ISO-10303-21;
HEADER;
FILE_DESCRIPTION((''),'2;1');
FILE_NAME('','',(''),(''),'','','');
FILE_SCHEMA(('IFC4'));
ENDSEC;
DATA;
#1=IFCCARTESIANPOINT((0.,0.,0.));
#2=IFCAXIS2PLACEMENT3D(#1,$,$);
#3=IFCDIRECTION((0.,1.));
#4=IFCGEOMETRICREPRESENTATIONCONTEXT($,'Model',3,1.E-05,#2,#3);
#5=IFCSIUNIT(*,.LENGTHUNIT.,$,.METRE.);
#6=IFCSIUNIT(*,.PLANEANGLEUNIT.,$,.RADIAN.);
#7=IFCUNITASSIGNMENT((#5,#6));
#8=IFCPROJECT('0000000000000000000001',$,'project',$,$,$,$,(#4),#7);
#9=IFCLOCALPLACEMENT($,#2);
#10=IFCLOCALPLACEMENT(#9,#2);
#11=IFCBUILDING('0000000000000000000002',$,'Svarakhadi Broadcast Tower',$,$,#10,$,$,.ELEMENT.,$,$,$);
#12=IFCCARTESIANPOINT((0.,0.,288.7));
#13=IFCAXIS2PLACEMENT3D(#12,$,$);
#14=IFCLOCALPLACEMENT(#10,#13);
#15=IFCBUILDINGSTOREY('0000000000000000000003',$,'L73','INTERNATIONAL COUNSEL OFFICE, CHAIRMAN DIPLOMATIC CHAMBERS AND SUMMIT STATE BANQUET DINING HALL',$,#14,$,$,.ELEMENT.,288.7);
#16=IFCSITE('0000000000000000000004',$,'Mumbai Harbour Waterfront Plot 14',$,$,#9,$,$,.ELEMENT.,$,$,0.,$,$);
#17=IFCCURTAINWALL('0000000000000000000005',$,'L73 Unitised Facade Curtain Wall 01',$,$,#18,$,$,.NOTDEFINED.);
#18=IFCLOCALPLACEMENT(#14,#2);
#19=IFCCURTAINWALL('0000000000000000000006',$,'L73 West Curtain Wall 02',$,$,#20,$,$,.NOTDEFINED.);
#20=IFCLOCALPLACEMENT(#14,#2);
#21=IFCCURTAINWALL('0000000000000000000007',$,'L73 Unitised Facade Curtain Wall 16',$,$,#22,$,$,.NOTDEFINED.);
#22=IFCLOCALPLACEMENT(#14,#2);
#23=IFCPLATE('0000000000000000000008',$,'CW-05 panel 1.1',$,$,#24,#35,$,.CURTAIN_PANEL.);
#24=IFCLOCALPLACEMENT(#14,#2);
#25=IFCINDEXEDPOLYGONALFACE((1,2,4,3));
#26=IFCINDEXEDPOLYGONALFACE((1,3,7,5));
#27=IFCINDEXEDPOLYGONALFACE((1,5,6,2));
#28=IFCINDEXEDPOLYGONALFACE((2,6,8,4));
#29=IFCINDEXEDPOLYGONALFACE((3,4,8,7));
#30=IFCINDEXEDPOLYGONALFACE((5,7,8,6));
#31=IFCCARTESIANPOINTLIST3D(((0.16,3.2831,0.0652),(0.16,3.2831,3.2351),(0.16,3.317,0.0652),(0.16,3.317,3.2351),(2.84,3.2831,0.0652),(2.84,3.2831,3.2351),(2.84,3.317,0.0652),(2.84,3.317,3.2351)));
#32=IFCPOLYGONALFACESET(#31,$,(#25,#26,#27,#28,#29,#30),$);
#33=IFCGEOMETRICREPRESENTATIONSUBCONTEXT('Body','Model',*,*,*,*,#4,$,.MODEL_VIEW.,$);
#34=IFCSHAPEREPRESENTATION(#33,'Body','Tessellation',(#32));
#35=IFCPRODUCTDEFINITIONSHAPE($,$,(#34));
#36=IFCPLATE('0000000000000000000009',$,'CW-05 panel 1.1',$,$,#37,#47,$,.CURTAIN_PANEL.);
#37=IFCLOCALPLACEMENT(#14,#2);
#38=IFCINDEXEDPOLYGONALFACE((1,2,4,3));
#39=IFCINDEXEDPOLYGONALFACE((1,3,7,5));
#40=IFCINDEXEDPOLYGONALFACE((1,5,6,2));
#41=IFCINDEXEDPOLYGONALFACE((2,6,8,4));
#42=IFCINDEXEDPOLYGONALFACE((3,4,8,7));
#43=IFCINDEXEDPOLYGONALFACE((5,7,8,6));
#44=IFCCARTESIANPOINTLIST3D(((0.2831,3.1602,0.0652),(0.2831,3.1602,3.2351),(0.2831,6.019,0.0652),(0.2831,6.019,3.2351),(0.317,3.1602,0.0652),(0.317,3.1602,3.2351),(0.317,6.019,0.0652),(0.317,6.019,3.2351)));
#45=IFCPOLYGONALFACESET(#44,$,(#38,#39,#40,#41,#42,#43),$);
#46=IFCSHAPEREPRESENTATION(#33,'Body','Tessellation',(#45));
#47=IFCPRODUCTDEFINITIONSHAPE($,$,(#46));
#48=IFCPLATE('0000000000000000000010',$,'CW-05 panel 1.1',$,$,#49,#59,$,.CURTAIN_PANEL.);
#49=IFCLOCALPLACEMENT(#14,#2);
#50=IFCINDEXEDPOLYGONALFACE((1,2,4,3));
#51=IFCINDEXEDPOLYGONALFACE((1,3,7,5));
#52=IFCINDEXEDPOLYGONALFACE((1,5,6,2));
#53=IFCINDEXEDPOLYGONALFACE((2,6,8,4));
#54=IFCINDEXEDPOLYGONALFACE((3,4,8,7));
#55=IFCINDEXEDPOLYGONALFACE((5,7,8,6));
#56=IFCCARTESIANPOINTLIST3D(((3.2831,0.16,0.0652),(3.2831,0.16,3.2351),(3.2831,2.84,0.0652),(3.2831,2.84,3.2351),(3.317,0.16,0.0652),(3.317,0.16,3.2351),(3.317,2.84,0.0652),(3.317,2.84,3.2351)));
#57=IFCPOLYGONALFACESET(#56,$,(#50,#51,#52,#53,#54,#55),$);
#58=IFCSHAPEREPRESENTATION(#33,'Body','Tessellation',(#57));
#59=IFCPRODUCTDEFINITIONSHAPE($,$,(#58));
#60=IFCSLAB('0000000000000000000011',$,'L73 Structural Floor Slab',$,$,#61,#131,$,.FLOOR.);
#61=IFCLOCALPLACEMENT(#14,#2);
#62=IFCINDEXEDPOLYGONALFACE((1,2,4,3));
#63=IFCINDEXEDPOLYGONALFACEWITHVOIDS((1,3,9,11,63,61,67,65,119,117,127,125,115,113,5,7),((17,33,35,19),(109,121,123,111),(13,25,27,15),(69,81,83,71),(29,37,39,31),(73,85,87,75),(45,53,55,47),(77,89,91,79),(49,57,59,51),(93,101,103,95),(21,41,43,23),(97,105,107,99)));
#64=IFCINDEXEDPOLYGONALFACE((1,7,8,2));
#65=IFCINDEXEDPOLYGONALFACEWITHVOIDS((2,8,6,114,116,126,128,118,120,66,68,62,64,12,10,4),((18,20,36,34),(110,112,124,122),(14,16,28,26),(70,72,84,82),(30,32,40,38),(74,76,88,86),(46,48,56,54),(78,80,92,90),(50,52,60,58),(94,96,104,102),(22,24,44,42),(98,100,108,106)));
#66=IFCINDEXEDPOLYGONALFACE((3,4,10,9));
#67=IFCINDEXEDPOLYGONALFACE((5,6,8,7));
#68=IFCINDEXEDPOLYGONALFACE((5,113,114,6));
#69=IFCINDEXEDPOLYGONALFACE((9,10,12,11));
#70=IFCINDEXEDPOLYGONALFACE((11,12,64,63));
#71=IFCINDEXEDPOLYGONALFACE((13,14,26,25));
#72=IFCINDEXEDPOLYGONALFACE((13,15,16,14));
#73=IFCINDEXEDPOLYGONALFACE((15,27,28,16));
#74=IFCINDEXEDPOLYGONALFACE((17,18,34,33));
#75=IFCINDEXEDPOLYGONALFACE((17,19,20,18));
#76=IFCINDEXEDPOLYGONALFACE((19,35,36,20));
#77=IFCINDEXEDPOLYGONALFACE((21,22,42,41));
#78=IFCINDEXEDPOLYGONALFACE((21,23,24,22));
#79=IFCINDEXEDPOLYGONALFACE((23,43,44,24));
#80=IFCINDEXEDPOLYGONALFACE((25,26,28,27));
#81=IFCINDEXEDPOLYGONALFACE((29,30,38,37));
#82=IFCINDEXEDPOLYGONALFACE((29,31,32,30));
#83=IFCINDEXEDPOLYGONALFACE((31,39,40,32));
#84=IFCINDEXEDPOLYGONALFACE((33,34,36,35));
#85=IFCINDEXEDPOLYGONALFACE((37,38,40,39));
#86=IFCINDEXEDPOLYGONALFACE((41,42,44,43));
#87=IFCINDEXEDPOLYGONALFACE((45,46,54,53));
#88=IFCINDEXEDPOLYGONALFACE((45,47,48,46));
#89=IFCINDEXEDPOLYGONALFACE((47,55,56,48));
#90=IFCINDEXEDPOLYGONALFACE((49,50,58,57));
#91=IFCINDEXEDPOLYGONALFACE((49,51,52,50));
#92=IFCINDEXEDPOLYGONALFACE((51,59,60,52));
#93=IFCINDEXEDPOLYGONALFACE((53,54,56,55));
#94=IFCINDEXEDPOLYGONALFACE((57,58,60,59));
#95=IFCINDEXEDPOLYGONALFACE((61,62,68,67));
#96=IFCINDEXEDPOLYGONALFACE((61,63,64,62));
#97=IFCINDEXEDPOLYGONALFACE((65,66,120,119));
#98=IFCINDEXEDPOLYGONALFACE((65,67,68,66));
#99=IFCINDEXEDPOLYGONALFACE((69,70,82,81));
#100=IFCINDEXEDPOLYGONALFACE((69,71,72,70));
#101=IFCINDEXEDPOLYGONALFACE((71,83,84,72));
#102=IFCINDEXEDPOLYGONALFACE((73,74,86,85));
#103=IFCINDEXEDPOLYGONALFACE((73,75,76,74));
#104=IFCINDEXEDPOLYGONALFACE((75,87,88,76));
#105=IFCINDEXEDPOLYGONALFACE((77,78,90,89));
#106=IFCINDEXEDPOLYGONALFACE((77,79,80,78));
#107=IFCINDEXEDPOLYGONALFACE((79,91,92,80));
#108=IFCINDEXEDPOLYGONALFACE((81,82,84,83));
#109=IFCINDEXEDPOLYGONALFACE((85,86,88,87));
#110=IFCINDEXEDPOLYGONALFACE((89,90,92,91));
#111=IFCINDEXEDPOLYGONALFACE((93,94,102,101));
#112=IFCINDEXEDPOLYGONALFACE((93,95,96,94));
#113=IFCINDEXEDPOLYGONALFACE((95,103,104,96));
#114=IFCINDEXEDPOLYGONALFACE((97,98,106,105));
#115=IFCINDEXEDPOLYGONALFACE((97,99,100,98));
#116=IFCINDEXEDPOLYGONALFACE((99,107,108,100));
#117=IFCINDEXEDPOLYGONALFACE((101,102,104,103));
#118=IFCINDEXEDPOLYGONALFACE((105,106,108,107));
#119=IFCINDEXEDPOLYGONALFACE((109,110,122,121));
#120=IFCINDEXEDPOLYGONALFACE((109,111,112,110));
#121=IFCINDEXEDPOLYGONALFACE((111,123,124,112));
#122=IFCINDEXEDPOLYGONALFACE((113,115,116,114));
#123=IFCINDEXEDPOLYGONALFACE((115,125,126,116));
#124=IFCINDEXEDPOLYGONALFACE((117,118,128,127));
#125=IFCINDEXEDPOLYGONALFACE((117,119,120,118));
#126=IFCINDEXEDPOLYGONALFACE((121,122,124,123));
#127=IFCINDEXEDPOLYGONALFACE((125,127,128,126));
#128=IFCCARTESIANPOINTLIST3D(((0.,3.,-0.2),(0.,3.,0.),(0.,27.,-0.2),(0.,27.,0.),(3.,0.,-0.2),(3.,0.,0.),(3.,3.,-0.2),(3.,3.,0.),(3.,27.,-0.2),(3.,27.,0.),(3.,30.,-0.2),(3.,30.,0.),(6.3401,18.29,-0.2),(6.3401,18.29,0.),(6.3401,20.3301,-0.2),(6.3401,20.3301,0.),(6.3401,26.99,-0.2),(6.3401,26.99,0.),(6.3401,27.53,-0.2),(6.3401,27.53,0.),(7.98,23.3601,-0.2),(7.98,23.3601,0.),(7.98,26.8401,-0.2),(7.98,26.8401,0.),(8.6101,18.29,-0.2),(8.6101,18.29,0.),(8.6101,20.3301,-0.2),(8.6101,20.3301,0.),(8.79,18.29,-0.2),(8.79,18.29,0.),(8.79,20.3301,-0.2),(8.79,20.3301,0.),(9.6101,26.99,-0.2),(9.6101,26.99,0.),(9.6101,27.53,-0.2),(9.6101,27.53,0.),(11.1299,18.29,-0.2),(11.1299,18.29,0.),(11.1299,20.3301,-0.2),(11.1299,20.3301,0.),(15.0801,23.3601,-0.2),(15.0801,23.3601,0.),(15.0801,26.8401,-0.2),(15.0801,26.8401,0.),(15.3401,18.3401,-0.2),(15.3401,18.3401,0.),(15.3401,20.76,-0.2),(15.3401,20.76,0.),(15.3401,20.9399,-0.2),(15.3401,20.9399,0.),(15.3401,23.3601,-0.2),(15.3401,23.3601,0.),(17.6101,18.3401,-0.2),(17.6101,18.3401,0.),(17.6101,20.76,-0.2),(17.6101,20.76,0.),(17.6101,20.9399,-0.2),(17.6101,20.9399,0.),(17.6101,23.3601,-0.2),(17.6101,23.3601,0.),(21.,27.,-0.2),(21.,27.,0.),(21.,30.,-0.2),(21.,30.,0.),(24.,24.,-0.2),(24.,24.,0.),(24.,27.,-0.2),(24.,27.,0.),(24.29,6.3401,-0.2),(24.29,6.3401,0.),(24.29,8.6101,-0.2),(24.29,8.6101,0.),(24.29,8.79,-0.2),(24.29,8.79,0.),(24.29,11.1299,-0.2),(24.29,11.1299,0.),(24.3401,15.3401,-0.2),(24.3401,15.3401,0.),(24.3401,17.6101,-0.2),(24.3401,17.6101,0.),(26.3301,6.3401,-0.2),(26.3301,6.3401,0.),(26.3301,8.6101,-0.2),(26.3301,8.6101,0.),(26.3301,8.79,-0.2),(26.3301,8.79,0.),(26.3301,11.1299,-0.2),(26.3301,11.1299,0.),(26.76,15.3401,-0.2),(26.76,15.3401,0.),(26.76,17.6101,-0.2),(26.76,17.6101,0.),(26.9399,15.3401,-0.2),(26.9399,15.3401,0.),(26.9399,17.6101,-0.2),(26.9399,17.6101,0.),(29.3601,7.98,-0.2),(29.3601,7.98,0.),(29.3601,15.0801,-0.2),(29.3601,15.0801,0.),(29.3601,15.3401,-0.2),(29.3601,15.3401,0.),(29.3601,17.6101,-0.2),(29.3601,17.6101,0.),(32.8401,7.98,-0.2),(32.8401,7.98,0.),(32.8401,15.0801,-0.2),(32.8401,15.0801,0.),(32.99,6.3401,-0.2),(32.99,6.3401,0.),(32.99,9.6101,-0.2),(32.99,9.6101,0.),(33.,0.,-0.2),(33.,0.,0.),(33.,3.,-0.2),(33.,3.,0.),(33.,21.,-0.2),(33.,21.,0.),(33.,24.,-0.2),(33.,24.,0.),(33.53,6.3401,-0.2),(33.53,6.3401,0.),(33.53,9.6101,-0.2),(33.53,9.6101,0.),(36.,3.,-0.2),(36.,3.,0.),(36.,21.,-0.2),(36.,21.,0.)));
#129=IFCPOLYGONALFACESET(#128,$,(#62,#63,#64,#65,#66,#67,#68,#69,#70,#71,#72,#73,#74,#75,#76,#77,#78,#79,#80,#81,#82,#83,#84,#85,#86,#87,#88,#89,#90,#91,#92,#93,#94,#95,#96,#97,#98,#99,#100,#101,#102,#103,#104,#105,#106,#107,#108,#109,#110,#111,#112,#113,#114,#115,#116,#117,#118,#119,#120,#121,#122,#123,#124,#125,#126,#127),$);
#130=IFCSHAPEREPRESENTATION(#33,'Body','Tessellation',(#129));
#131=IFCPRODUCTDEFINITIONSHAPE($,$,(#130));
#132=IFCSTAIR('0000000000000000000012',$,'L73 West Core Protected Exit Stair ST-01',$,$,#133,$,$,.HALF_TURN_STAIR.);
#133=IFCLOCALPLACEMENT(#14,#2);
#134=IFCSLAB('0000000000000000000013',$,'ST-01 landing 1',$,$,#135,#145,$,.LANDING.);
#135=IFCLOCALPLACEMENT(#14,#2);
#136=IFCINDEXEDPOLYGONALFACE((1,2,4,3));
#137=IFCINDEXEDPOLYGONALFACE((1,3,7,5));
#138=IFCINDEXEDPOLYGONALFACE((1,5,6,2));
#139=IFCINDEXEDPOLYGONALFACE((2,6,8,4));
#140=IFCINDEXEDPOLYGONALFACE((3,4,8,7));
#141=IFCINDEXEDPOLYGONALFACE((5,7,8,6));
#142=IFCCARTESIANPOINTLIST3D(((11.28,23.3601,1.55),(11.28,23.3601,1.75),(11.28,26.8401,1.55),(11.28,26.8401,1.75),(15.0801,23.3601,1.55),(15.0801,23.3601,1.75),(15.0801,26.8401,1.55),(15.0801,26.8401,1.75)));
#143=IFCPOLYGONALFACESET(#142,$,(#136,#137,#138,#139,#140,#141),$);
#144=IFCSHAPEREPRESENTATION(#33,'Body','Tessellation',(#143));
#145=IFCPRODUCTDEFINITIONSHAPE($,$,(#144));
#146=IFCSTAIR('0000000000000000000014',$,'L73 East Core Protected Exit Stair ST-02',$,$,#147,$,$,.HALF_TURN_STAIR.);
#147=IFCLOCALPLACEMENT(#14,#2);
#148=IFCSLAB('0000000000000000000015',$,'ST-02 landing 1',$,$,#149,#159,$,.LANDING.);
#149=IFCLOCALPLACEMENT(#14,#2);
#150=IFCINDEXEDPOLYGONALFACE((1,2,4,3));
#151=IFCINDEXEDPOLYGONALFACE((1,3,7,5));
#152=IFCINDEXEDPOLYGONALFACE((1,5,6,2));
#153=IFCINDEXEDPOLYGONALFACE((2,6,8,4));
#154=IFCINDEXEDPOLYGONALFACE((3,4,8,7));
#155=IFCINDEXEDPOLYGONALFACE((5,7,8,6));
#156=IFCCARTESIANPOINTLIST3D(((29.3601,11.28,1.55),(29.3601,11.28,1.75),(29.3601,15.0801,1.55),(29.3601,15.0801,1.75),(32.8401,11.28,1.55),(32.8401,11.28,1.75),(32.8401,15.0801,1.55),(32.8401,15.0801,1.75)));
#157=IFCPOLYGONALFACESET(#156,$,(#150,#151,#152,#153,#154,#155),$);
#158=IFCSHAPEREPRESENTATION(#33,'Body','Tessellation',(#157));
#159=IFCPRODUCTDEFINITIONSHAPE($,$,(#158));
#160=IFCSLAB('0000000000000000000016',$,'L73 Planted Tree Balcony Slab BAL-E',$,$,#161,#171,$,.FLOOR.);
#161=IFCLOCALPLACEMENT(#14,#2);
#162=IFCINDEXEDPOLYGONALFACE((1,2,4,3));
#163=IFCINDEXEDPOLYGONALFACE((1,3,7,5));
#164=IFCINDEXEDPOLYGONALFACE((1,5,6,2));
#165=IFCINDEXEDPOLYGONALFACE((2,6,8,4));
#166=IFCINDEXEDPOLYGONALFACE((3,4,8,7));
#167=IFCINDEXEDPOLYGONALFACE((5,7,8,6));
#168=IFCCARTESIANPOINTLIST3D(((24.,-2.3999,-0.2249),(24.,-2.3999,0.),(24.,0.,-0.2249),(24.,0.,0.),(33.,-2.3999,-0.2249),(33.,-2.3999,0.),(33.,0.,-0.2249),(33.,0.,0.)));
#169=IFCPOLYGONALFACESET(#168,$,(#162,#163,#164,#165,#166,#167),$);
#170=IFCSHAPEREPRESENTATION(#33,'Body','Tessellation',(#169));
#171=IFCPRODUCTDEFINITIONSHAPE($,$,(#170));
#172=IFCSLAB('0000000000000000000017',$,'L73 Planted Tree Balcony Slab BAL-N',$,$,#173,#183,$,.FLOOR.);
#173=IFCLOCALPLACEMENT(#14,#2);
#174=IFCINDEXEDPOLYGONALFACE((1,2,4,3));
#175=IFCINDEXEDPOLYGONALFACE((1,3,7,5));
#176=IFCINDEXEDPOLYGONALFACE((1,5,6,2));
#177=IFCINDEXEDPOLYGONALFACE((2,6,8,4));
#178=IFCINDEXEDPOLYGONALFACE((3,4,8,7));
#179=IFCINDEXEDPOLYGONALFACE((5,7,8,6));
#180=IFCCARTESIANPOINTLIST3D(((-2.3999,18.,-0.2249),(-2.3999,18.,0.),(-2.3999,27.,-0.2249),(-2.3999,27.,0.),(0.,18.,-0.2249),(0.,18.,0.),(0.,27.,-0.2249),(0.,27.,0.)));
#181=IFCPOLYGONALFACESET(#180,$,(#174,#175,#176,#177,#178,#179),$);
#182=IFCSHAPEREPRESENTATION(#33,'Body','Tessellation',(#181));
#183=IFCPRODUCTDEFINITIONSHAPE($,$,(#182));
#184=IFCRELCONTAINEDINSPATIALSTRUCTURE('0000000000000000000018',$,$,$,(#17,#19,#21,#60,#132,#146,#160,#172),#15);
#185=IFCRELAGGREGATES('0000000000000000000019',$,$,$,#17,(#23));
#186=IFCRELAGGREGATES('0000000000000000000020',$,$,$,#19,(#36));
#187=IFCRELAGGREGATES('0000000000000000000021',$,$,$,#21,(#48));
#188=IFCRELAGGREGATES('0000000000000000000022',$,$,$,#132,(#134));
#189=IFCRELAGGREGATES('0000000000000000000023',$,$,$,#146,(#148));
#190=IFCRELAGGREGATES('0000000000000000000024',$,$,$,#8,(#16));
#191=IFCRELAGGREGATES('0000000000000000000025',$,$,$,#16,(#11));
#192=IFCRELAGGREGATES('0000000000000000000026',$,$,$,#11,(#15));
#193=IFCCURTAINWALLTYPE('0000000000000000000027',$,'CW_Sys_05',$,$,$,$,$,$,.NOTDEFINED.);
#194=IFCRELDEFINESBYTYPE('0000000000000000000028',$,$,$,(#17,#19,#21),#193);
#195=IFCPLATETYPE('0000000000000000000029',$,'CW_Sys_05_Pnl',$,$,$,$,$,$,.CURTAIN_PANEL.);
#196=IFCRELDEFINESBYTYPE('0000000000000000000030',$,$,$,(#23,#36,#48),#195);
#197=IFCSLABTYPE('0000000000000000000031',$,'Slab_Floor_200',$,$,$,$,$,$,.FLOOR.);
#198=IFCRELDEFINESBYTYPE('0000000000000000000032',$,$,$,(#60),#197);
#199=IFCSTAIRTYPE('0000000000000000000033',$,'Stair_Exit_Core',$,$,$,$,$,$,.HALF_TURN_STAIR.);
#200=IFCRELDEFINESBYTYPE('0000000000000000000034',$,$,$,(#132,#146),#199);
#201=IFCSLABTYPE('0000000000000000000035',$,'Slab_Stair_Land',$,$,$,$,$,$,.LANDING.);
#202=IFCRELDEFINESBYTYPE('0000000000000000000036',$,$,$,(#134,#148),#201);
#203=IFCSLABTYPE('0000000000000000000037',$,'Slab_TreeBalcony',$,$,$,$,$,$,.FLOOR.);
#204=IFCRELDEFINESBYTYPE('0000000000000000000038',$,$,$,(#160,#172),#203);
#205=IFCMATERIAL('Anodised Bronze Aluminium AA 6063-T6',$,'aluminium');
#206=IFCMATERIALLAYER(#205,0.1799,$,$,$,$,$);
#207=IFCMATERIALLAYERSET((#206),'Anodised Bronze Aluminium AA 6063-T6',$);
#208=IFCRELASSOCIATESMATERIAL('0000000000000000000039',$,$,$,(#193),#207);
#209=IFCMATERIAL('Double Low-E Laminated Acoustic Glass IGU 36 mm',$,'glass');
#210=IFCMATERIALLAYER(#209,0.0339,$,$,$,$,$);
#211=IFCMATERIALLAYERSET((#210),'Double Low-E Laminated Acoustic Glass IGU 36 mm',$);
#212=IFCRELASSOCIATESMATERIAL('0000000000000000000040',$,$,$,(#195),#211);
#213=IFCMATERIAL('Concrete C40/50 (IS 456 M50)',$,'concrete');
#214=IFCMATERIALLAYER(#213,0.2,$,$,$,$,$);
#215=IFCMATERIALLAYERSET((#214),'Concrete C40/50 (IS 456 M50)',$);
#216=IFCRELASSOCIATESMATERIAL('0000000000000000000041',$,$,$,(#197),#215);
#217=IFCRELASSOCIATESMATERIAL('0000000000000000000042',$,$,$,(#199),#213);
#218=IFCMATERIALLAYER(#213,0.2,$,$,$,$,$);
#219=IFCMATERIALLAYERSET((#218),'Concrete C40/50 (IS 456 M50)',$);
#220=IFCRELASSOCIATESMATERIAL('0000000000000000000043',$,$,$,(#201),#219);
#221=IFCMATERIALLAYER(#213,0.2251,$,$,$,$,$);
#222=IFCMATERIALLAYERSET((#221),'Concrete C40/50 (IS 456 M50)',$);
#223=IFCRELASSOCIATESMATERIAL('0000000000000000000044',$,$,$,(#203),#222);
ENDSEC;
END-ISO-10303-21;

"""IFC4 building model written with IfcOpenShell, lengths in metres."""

from ifc_helpers import new_model, si_unit, direction, frame, origin, origin_2d, place, context, subcontext, project, spatial, polyline, rectangle, outline, extrude, material, layer, layer_set, type_object, element, aggregate, save


model = new_model("IFC4")

# Units and contexts
model_context = context("Model", 3, precision=1e-05, world=origin(), true_north=direction((0.0, 1.0)))
body_context = subcontext(model_context, "Body", "Model", "MODEL_VIEW")
ifc_project = project(units=[si_unit("LENGTHUNIT", "METRE"), si_unit("PLANEANGLEUNIT", "RADIAN")], contexts=[model_context])

# Site, building, storey
site_placement = place(None, origin())
site = spatial("IfcSite", under=ifc_project, at=site_placement, Name="Mumbai Harbour Waterfront Plot 14", CompositionType="ELEMENT", RefElevation=0.0)
building_placement = place(site_placement, origin())
building = spatial("IfcBuilding", under=site, at=building_placement, Name="Svarakhadi Broadcast Tower", CompositionType="ELEMENT")
storey_placement = place(building_placement, frame((0.0, 0.0, 288.7)))
storey = spatial("IfcBuildingStorey", under=building, at=storey_placement, Name="L73", Description="INTERNATIONAL COUNSEL OFFICE, CHAIRMAN DIPLOMATIC CHAMBERS AND SUMMIT STATE BANQUET DINING HALL", CompositionType="ELEMENT", Elevation=288.7)

# Curtain wall
ifc_material_1 = material(Name="Anodised Bronze Aluminium AA 6063-T6", Category="aluminium")
ifc_layer_1 = layer(ifc_material_1, 0.1799)
ifc_layer_set_1 = layer_set([ifc_layer_1], Name="Anodised Bronze Aluminium AA 6063-T6")
curtain_wall_type = type_object("IfcCurtainWallType", Name="CW_Sys_05", PredefinedType="NOTDEFINED", material=ifc_layer_set_1)
curtain_wall_1_placement = place(storey_placement, origin())
curtain_wall_1 = element("IfcCurtainWall", 1, at=curtain_wall_1_placement, inside=storey, type_object=curtain_wall_type, Name="L73 Unitised Facade Curtain Wall 01", PredefinedType="NOTDEFINED")

# Curtain walls
curtain_wall_2_placement = place(storey_placement, origin())
curtain_wall_2 = element("IfcCurtainWall", 2, at=curtain_wall_2_placement, inside=storey, type_object=curtain_wall_type, Name="L73 West Curtain Wall 02", PredefinedType="NOTDEFINED")
curtain_wall_3_placement = place(storey_placement, origin())
curtain_wall_3 = element("IfcCurtainWall", 3, at=curtain_wall_3_placement, inside=storey, type_object=curtain_wall_type, Name="L73 Unitised Facade Curtain Wall 16", PredefinedType="NOTDEFINED")

# Plates
ifc_material_2 = material(Name="Double Low-E Laminated Acoustic Glass IGU 36 mm", Category="glass")
ifc_layer_2 = layer(ifc_material_2, 0.0339)
ifc_layer_set_2 = layer_set([ifc_layer_2], Name="Double Low-E Laminated Acoustic Glass IGU 36 mm")
plate_type = type_object("IfcPlateType", Name="CW_Sys_05_Pnl", PredefinedType="CURTAIN_PANEL", material=ifc_layer_set_2)
plate_1_placement = place(storey_placement, frame((1.5, 3.3, 0.0652), z_axis=(0.0, 0.0, 1.0), x_axis=(-1.0, 0.0, 0.0)))
plate_1 = element("IfcPlate", 4, at=plate_1_placement, type_object=plate_type, Name="CW-05 panel 1.1", PredefinedType="CURTAIN_PANEL", context=body_context, shape_type="SweptSolid", body=[
    extrude(rectangle(XDim=2.6799, YDim=0.0339, at=origin_2d()), origin(), (0.0, 0.0, 1.0), 3.1699),
])
aggregate(curtain_wall_1, [plate_1])
plate_2_placement = place(storey_placement, frame((0.3, 4.5896, 0.0652), z_axis=(0.0, 0.0, 1.0), x_axis=(0.0, 1.0, 0.0)))
plate_2 = element("IfcPlate", 5, at=plate_2_placement, type_object=plate_type, Name="CW-05 panel 1.1", PredefinedType="CURTAIN_PANEL", context=body_context, shape_type="SweptSolid", body=[
    extrude(rectangle(XDim=2.8589, YDim=0.0339, at=origin_2d()), origin(), (0.0, 0.0, 1.0), 3.1699),
])
aggregate(curtain_wall_2, [plate_2])
plate_3_placement = place(storey_placement, frame((3.3, 1.5, 0.0652), z_axis=(0.0, 0.0, 1.0), x_axis=(0.0, 1.0, 0.0)))
plate_3 = element("IfcPlate", 6, at=plate_3_placement, type_object=plate_type, Name="CW-05 panel 1.1", PredefinedType="CURTAIN_PANEL", context=body_context, shape_type="SweptSolid", body=[
    extrude(rectangle(XDim=2.6799, YDim=0.0339, at=origin_2d()), origin(), (0.0, 0.0, 1.0), 3.1699),
])
aggregate(curtain_wall_3, [plate_3])

# Slab
ifc_material_3 = material(Name="Concrete C40/50 (IS 456 M50)", Category="concrete")
ifc_layer_3 = layer(ifc_material_3, 0.2)
ifc_layer_set_3 = layer_set([ifc_layer_3], Name="Concrete C40/50 (IS 456 M50)")
slab_type_1 = type_object("IfcSlabType", Name="Slab_Floor_200", PredefinedType="FLOOR", material=ifc_layer_set_3)
slab_1_placement = place(storey_placement, frame((0.0, 0.0, -0.2)))
element("IfcSlab", 7, at=slab_1_placement, inside=storey, type_object=slab_type_1, Name="L73 Structural Floor Slab", PredefinedType="FLOOR", context=body_context, shape_type="SweptSolid", body=[
    extrude(outline(polyline([(3.0, 0.0), (33.0, 0.0), (33.0, 3.0), (36.0, 3.0), (36.0, 21.0), (33.0, 21.0), (33.0, 24.0), (24.0, 24.0), (24.0, 27.0), (21.0, 27.0), (21.0, 30.0), (3.0, 30.0), (3.0, 27.0), (0.0, 27.0), (0.0, 3.0), (3.0, 3.0), (3.0, 0.0)]), holes=[polyline([(7.98, 23.3601), (15.0801, 23.3601), (15.0801, 26.8401), (7.98, 26.8401), (7.98, 23.3601)]), polyline([(32.8401, 7.98), (32.8401, 15.0801), (29.3601, 15.0801), (29.3601, 7.98), (32.8401, 7.98)]), polyline([(6.3401, 18.29), (8.6101, 18.29), (8.6101, 20.3301), (6.3401, 20.3301), (6.3401, 18.29)]), polyline([(8.79, 18.29), (11.1299, 18.29), (11.1299, 20.3301), (8.79, 20.3301), (8.79, 18.29)]), polyline([(24.29, 6.3401), (26.3301, 6.3401), (26.3301, 8.6101), (24.29, 8.6101), (24.29, 6.3401)]), polyline([(24.29, 8.79), (26.3301, 8.79), (26.3301, 11.1299), (24.29, 11.1299), (24.29, 8.79)]), polyline([(6.3401, 26.99), (9.6101, 26.99), (9.6101, 27.53), (6.3401, 27.53), (6.3401, 26.99)]), polyline([(32.99, 6.3401), (33.53, 6.3401), (33.53, 9.6101), (32.99, 9.6101), (32.99, 6.3401)]), polyline([(15.3401, 18.3401), (17.6101, 18.3401), (17.6101, 20.76), (15.3401, 20.76), (15.3401, 18.3401)]), polyline([(15.3401, 20.9399), (17.6101, 20.9399), (17.6101, 23.3601), (15.3401, 23.3601), (15.3401, 20.9399)]), polyline([(24.3401, 15.3401), (26.76, 15.3401), (26.76, 17.6101), (24.3401, 17.6101), (24.3401, 15.3401)]), polyline([(26.9399, 15.3401), (29.3601, 15.3401), (29.3601, 17.6101), (26.9399, 17.6101), (26.9399, 15.3401)])]), origin(), (0.0, 0.0, 1.0), 0.2),
])

# Stairs, slabs
stair_type = type_object("IfcStairType", Name="Stair_Exit_Core", PredefinedType="HALF_TURN_STAIR", material=ifc_material_3)
stair_1_placement = place(storey_placement, origin())
stair_1 = element("IfcStair", 8, at=stair_1_placement, inside=storey, type_object=stair_type, Name="L73 West Core Protected Exit Stair ST-01", PredefinedType="HALF_TURN_STAIR")
ifc_layer_4 = layer(ifc_material_3, 0.2)
ifc_layer_set_4 = layer_set([ifc_layer_4], Name="Concrete C40/50 (IS 456 M50)")
slab_type_2 = type_object("IfcSlabType", Name="Slab_Stair_Land", PredefinedType="LANDING", material=ifc_layer_set_4)
slab_2_placement = place(storey_placement, frame((0.0, 0.0, 1.55)))
slab_2 = element("IfcSlab", 9, at=slab_2_placement, type_object=slab_type_2, Name="ST-01 landing 1", PredefinedType="LANDING", context=body_context, shape_type="SweptSolid", body=[
    extrude(outline(polyline([(11.28, 23.3601), (15.0801, 23.3601), (15.0801, 26.8401), (11.28, 26.8401), (11.28, 23.3601)])), origin(), (0.0, 0.0, 1.0), 0.2),
])
aggregate(stair_1, [slab_2])
stair_2_placement = place(storey_placement, origin())
stair_2 = element("IfcStair", 10, at=stair_2_placement, inside=storey, type_object=stair_type, Name="L73 East Core Protected Exit Stair ST-02", PredefinedType="HALF_TURN_STAIR")
slab_3_placement = place(storey_placement, frame((0.0, 0.0, 1.55)))
slab_3 = element("IfcSlab", 11, at=slab_3_placement, type_object=slab_type_2, Name="ST-02 landing 1", PredefinedType="LANDING", context=body_context, shape_type="SweptSolid", body=[
    extrude(outline(polyline([(32.8401, 11.28), (32.8401, 15.0801), (29.3601, 15.0801), (29.3601, 11.28), (32.8401, 11.28)])), origin(), (0.0, 0.0, 1.0), 0.2),
])
aggregate(stair_2, [slab_3])

# Slabs
ifc_layer_5 = layer(ifc_material_3, 0.2251)
ifc_layer_set_5 = layer_set([ifc_layer_5], Name="Concrete C40/50 (IS 456 M50)")
slab_type_3 = type_object("IfcSlabType", Name="Slab_TreeBalcony", PredefinedType="FLOOR", material=ifc_layer_set_5)
slab_4_placement = place(storey_placement, frame((0.0, 0.0, -0.2249)))
element("IfcSlab", 12, at=slab_4_placement, inside=storey, type_object=slab_type_3, Name="L73 Planted Tree Balcony Slab BAL-E", PredefinedType="FLOOR", context=body_context, shape_type="SweptSolid", body=[
    extrude(outline(polyline([(24.0, -2.3999), (33.0, -2.3999), (33.0, 0.0), (24.0, 0.0), (24.0, -2.3999)])), origin(), (0.0, 0.0, 1.0), 0.2249),
])
slab_5_placement = place(storey_placement, frame((0.0, 0.0, -0.2249)))
element("IfcSlab", 13, at=slab_5_placement, inside=storey, type_object=slab_type_3, Name="L73 Planted Tree Balcony Slab BAL-N", PredefinedType="FLOOR", context=body_context, shape_type="SweptSolid", body=[
    extrude(outline(polyline([(-2.3999, 18.0), (0.0, 18.0), (0.0, 27.0), (-2.3999, 27.0), (-2.3999, 18.0)])), origin(), (0.0, 0.0, 1.0), 0.2249),
])

save(model, "model.ifc")
